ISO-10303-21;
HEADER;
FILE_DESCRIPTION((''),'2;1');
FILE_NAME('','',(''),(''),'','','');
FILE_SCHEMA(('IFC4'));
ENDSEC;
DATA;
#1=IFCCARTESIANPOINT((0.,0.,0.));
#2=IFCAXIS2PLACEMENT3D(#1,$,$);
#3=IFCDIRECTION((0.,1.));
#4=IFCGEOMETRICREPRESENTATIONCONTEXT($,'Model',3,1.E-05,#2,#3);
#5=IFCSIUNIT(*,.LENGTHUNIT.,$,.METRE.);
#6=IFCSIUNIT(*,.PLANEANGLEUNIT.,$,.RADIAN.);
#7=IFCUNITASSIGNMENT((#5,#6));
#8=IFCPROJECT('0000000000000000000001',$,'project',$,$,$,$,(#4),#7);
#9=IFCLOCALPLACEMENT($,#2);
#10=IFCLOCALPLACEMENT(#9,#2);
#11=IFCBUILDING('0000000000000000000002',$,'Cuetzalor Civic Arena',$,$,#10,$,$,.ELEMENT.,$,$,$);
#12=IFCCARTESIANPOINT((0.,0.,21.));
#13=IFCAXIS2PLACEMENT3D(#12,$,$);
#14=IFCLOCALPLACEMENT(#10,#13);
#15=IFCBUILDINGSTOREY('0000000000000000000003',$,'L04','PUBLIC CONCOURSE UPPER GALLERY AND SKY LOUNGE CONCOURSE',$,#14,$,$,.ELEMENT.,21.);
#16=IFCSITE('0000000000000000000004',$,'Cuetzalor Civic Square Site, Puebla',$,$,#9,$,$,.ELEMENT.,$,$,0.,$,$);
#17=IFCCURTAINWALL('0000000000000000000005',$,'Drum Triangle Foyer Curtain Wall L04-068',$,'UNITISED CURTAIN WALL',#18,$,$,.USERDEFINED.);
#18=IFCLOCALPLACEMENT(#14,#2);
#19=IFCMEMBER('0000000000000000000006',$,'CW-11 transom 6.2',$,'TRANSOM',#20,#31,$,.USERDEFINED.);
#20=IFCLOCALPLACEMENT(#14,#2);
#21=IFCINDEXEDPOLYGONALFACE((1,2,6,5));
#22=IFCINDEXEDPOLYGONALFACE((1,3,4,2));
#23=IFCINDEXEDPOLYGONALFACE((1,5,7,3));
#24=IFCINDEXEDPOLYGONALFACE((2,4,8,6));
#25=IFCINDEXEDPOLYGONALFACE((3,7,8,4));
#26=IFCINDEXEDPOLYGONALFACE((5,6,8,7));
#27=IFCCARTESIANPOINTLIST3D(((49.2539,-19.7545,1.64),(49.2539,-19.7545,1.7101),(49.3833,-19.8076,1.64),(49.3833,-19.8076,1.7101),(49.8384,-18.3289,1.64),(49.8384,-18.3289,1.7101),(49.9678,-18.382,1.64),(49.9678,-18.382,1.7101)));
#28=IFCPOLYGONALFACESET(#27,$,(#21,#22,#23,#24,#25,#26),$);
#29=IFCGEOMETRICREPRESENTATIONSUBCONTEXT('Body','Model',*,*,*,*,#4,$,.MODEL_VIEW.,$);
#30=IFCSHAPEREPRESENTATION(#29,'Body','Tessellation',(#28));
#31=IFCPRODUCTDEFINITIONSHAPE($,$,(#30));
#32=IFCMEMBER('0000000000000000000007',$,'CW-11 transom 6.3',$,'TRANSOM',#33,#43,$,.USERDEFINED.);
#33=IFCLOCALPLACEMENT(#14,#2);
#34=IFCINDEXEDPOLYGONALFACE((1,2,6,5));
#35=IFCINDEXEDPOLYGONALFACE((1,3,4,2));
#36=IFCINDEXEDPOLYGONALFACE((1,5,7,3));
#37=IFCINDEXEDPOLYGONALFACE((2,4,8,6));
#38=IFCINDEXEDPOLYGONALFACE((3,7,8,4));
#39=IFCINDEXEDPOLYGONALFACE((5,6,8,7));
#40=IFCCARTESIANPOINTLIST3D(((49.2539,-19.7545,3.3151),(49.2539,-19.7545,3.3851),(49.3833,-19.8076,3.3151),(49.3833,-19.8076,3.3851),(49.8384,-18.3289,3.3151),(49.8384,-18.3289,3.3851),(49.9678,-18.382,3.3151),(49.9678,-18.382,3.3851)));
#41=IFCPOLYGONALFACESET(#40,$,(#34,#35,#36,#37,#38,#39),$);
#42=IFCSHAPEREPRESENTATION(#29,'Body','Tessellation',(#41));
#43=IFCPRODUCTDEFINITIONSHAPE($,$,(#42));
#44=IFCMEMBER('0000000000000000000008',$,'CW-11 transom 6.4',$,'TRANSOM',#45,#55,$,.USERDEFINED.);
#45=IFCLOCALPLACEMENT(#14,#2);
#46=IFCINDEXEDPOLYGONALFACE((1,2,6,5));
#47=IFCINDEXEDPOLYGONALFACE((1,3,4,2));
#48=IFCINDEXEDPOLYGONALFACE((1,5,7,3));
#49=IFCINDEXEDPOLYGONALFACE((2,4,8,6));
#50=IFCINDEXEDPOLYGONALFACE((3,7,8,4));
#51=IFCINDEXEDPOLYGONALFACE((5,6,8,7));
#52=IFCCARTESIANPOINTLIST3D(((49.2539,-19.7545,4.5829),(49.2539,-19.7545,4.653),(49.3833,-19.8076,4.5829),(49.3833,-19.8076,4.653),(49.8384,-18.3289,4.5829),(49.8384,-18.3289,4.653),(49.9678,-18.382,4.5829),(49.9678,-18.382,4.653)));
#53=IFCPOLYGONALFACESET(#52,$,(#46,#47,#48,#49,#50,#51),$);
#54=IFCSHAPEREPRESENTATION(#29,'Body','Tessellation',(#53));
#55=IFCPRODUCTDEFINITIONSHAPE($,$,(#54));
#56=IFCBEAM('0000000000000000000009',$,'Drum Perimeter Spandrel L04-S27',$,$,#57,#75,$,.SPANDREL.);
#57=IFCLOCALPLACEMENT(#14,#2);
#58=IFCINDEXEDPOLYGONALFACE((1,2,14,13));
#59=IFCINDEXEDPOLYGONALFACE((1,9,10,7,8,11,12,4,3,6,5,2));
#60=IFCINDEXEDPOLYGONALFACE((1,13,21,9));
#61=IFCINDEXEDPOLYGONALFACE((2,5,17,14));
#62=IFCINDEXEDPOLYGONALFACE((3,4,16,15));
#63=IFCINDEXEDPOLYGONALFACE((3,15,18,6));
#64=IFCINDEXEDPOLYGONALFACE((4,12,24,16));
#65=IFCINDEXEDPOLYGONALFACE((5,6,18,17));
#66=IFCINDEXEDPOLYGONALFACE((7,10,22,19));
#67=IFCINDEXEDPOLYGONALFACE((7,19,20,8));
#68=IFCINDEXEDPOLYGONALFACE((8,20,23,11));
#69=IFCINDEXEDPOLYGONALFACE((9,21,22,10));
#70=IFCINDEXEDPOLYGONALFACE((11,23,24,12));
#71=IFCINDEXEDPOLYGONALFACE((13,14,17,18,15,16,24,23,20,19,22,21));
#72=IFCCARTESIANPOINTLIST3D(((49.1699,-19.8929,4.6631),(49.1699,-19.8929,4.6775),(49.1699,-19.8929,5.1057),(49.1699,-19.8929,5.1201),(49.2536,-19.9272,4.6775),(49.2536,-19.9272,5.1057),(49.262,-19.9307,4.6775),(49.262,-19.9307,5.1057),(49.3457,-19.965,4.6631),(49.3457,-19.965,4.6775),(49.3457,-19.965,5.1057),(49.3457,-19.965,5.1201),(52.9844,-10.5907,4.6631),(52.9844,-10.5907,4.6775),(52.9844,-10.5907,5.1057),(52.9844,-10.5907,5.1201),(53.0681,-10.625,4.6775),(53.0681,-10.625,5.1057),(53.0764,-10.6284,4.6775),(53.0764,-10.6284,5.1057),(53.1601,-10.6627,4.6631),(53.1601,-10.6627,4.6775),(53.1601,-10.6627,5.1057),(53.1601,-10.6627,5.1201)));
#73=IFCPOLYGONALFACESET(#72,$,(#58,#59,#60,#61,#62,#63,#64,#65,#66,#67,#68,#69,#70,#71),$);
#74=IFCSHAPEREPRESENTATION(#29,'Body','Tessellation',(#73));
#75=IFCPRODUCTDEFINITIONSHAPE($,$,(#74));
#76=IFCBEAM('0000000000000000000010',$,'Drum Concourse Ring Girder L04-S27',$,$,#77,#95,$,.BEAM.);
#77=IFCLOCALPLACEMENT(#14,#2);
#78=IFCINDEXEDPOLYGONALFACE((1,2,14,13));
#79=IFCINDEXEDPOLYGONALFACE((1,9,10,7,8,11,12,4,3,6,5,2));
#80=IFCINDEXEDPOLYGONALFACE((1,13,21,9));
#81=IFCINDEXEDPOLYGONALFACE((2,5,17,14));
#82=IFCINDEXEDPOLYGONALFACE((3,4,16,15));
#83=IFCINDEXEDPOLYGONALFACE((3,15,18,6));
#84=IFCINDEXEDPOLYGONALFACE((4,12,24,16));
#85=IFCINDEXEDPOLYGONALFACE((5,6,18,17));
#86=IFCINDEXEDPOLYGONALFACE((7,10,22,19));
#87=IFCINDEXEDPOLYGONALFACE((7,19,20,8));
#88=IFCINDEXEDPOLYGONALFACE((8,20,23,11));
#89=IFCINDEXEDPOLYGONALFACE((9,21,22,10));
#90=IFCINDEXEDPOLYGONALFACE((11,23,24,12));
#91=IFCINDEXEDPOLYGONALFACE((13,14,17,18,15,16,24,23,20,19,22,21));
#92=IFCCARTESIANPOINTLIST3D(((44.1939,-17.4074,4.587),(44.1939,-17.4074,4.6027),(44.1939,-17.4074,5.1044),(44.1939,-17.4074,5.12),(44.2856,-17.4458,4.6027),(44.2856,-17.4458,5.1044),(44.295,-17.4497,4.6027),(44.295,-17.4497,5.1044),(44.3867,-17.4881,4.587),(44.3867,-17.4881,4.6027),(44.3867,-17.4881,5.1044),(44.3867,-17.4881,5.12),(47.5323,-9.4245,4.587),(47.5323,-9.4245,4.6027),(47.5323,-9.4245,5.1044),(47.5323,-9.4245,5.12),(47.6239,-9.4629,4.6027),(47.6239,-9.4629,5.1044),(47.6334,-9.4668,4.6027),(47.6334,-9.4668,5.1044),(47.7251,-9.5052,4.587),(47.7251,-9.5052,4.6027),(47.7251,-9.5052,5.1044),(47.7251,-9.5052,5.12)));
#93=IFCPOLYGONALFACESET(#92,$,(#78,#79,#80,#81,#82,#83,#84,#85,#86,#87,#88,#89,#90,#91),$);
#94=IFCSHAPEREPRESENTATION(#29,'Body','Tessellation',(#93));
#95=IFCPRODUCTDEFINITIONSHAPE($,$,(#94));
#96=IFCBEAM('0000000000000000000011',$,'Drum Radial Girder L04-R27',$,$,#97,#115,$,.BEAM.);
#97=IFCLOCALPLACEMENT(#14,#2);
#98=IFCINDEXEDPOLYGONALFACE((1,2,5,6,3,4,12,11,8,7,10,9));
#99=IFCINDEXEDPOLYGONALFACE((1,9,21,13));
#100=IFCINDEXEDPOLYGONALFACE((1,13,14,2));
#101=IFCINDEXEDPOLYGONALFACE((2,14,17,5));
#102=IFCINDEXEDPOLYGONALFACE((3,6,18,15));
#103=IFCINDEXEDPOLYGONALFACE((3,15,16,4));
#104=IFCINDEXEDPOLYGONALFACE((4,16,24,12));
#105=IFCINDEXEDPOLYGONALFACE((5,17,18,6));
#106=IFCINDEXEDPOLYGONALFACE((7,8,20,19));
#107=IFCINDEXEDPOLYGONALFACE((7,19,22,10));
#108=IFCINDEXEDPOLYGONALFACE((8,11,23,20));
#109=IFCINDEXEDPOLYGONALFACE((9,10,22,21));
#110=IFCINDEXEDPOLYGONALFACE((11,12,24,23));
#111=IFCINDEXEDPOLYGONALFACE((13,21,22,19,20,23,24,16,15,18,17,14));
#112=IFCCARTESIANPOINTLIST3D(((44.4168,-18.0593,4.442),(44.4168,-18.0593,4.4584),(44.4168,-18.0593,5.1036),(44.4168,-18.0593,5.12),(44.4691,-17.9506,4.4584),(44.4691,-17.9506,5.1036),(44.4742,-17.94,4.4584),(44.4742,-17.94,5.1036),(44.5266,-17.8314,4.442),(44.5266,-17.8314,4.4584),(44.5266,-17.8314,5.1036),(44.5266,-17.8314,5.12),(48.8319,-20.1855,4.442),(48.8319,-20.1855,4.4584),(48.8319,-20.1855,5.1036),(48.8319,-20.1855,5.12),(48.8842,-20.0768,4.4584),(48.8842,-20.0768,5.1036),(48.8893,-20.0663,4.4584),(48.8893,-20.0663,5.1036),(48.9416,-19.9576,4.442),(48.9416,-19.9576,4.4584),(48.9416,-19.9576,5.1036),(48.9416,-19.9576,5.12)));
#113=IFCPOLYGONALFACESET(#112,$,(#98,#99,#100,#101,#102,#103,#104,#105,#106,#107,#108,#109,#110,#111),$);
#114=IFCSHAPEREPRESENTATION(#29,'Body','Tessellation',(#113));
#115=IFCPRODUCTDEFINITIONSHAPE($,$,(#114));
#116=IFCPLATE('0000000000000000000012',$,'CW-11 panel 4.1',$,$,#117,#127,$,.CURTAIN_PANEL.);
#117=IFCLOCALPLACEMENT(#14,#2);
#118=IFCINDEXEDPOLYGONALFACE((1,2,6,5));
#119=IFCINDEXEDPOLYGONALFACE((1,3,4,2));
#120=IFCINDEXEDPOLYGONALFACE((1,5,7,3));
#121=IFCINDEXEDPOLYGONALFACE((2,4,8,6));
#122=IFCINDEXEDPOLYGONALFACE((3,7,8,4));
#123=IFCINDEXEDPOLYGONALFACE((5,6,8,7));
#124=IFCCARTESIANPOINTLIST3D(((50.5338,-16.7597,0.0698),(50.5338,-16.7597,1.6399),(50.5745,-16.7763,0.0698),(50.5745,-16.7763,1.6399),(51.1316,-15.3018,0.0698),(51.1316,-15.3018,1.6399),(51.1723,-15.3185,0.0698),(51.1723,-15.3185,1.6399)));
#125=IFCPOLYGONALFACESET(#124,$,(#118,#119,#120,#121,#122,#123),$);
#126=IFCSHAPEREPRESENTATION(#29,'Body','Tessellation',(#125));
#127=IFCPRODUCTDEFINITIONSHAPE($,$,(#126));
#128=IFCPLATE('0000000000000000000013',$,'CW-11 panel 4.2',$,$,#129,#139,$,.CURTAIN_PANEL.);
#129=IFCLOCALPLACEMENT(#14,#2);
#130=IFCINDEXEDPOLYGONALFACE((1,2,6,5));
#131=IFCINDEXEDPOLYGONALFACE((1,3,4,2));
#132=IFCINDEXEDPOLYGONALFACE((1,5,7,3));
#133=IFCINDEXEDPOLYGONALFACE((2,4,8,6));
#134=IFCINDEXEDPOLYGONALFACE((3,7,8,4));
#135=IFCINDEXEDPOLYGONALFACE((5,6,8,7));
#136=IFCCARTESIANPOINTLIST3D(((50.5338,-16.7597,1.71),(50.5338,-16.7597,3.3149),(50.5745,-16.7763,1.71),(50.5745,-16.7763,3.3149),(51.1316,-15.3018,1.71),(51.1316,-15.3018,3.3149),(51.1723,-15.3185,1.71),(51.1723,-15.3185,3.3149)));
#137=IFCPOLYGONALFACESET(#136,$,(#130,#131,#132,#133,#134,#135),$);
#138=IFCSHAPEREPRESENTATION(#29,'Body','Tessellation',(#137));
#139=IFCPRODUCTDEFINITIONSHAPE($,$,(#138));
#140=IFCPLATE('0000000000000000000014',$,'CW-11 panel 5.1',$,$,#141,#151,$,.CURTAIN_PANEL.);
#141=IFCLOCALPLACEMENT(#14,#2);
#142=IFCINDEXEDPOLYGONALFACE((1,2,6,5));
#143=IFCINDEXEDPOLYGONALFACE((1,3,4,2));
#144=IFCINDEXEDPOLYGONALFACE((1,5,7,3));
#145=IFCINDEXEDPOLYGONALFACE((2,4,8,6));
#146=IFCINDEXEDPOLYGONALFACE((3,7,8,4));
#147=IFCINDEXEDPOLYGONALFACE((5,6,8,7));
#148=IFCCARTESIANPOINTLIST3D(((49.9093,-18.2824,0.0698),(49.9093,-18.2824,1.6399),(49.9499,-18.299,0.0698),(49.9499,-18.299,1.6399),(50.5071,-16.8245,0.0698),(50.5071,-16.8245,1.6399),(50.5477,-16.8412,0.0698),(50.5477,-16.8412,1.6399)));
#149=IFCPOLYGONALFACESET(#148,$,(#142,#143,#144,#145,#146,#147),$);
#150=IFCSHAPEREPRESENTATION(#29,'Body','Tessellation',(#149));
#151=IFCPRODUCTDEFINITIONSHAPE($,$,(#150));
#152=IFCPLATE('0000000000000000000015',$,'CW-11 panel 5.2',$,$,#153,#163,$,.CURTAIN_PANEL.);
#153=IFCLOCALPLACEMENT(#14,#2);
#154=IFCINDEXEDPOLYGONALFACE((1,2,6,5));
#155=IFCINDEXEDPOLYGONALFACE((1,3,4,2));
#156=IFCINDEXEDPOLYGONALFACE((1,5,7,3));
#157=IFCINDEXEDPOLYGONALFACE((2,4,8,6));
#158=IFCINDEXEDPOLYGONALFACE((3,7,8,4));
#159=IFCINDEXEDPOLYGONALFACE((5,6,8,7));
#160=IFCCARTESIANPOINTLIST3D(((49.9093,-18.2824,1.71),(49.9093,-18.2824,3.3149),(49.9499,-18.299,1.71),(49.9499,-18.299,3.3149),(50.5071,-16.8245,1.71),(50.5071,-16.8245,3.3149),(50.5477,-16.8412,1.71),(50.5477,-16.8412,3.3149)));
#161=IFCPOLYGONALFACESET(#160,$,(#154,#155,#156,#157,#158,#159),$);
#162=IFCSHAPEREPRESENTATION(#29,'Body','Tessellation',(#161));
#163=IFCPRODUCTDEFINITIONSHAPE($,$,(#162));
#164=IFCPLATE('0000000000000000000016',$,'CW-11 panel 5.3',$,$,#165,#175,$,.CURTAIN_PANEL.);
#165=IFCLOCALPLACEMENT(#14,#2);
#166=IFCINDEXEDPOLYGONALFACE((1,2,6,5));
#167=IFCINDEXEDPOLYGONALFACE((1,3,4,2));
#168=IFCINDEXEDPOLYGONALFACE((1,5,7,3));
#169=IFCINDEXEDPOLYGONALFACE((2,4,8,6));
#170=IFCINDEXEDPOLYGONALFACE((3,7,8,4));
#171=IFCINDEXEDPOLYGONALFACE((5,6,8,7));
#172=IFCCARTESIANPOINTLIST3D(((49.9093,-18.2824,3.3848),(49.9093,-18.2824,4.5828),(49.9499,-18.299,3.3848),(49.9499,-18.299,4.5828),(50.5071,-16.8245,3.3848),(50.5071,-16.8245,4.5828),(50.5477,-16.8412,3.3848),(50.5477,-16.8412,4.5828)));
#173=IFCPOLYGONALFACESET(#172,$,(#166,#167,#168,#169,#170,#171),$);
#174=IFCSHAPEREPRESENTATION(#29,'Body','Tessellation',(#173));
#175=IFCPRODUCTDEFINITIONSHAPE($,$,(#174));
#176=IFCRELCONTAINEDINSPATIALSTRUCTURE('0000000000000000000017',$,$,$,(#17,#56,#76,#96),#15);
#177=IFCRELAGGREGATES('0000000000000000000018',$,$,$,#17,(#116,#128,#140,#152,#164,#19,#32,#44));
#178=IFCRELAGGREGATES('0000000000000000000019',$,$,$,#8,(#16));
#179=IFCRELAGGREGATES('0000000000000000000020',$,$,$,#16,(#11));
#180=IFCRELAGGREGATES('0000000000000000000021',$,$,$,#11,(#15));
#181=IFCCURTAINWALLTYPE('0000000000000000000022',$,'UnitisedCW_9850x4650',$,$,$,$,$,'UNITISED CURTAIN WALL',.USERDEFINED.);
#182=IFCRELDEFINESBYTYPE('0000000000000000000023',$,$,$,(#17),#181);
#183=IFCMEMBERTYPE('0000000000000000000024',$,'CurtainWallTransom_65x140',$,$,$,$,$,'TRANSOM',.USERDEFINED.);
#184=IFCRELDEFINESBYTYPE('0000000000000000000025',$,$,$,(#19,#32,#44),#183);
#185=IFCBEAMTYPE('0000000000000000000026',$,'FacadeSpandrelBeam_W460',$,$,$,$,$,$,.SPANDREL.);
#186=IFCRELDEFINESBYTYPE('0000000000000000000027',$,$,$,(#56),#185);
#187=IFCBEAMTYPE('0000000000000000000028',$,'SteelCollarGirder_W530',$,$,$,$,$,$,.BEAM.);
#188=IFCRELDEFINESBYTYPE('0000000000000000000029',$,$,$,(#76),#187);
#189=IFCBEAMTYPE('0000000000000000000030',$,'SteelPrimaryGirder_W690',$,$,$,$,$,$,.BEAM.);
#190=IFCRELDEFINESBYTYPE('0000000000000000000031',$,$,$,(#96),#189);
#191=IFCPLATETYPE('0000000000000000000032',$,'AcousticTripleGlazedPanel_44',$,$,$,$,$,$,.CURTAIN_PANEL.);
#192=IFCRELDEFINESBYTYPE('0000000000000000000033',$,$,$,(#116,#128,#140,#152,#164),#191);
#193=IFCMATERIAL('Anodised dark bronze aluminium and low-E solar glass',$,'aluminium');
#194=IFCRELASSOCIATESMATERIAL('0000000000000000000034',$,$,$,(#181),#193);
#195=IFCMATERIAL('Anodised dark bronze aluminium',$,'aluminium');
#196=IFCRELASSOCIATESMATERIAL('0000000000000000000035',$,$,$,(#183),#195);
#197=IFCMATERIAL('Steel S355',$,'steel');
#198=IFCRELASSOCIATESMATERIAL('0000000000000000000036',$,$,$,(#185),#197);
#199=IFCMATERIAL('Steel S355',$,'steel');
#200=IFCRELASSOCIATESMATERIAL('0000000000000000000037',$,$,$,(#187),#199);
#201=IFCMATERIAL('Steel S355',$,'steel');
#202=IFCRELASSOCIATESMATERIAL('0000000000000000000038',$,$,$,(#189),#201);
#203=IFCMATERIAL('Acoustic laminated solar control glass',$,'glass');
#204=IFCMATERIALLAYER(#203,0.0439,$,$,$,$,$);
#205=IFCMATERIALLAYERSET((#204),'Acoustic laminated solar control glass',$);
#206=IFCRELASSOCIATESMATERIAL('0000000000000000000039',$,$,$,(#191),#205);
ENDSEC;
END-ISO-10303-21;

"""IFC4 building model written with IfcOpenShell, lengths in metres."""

from ifc_helpers import new_model, si_unit, direction, frame, origin, origin_2d, place, context, subcontext, project, spatial, rectangle, i_section, extrude, material, layer, layer_set, material_profile, profile_set, type_object, element, aggregate, save


model = new_model("IFC4")

# Units and contexts
model_context = context("Model", 3, precision=1e-05, world=origin(), true_north=direction((0.0, 1.0)))
body_context = subcontext(model_context, "Body", "Model", "MODEL_VIEW")
ifc_project = project(units=[si_unit("LENGTHUNIT", "METRE"), si_unit("PLANEANGLEUNIT", "RADIAN")], contexts=[model_context])

# Site, building, storey
site_placement = place(None, origin())
site = spatial("IfcSite", under=ifc_project, at=site_placement, Name="Cuetzalor Civic Square Site, Puebla", CompositionType="ELEMENT", RefElevation=0.0)
building_placement = place(site_placement, origin())
building = spatial("IfcBuilding", under=site, at=building_placement, Name="Cuetzalor Civic Arena", CompositionType="ELEMENT")
storey_placement = place(building_placement, frame((0.0, 0.0, 21.0)))
storey = spatial("IfcBuildingStorey", under=building, at=storey_placement, Name="L04", Description="PUBLIC CONCOURSE UPPER GALLERY AND SKY LOUNGE CONCOURSE", CompositionType="ELEMENT", Elevation=21.0)

# Curtain wall, members
ifc_material_1 = material(Name="Anodised dark bronze aluminium and low-E solar glass", Category="aluminium")
curtain_wall_type = type_object("IfcCurtainWallType", Name="UnitisedCW_9850x4650", ElementType="UNITISED CURTAIN WALL", PredefinedType="USERDEFINED", material=ifc_material_1)
curtain_wall_placement = place(storey_placement, origin())
curtain_wall = element("IfcCurtainWall", 1, at=curtain_wall_placement, inside=storey, type_object=curtain_wall_type, Name="Drum Triangle Foyer Curtain Wall L04-068", ObjectType="UNITISED CURTAIN WALL", PredefinedType="USERDEFINED")
ifc_material_2 = material(Name="Anodised dark bronze aluminium", Category="aluminium")
ifc_material_profile_1 = material_profile(ifc_material_2, rectangle(XDim=0.1399, YDim=0.0701, at=origin_2d()), Name="ALU TRANSOM 70x140")
ifc_profile_set_1 = profile_set([ifc_material_profile_1], Name="Anodised dark bronze aluminium")
member_type_1 = type_object("IfcMemberType", Name="CurtainWallTransom_65x140", ElementType="TRANSOM", PredefinedType="USERDEFINED", material=ifc_profile_set_1)
member_1_placement = place(storey_placement, frame((49.9031, -18.3555, 1.675), z_axis=(-0.379355, -0.925251, 0.0), x_axis=(0.925251, -0.379355, 0.0)))
member_1 = element("IfcMember", 2, at=member_1_placement, type_object=member_type_1, Name="CW-11 transom 6.2", ObjectType="TRANSOM", PredefinedType="USERDEFINED", context=body_context, shape_type="SweptSolid", body=[
    extrude(rectangle(XDim=0.1399, YDim=0.0701, at=origin_2d()), origin(), (0.0, 0.0, 1.0), 1.5408),
])
member_2_placement = place(storey_placement, frame((49.9031, -18.3555, 3.3501), z_axis=(-0.379355, -0.925251, 0.0), x_axis=(0.925251, -0.379355, 0.0)))
member_2 = element("IfcMember", 3, at=member_2_placement, type_object=member_type_1, Name="CW-11 transom 6.3", ObjectType="TRANSOM", PredefinedType="USERDEFINED", context=body_context, shape_type="SweptSolid", body=[
    extrude(rectangle(XDim=0.1399, YDim=0.0701, at=origin_2d()), origin(), (0.0, 0.0, 1.0), 1.5408),
])
member_3_placement = place(storey_placement, frame((49.9031, -18.3555, 4.6179), z_axis=(-0.379355, -0.925251, 0.0), x_axis=(0.925251, -0.379355, 0.0)))
member_3 = element("IfcMember", 4, at=member_3_placement, type_object=member_type_1, Name="CW-11 transom 6.4", ObjectType="TRANSOM", PredefinedType="USERDEFINED", context=body_context, shape_type="SweptSolid", body=[
    extrude(rectangle(XDim=0.1399, YDim=0.0701, at=origin_2d()), origin(), (0.0, 0.0, 1.0), 1.5408),
])

# Beams
ifc_material_3 = material(Name="Steel S355", Category="steel")
ifc_material_profile_2 = material_profile(ifc_material_3, i_section(OverallWidth=0.1899, OverallDepth=0.457, WebThickness=0.009, FlangeThickness=0.0144, at=origin_2d()), Name="W460x74")
ifc_profile_set_2 = profile_set([ifc_material_profile_2], Name="Steel S355")
beam_type_1 = type_object("IfcBeamType", Name="FacadeSpandrelBeam_W460", PredefinedType="SPANDREL", material=ifc_profile_set_2)
beam_1_placement = place(storey_placement, frame((49.2578, -19.929, 4.8916), z_axis=(0.379399, 0.925233, 0.0), x_axis=(-0.925233, 0.379399, 0.0)))
element("IfcBeam", 5, at=beam_1_placement, inside=storey, type_object=beam_type_1, Name="Drum Perimeter Spandrel L04-S27", PredefinedType="SPANDREL", context=body_context, shape_type="SweptSolid", body=[
    extrude(i_section(OverallWidth=0.1899, OverallDepth=0.457, WebThickness=0.009, FlangeThickness=0.0144, at=origin_2d()), origin(), (0.0, 0.0, 1.0), 10.054),
])
ifc_material_4 = material(Name="Steel S355", Category="steel")
ifc_material_profile_3 = material_profile(ifc_material_4, i_section(OverallWidth=0.209, OverallDepth=0.533, WebThickness=0.0103, FlangeThickness=0.0156, at=origin_2d()), Name="W530x92")
ifc_profile_set_3 = profile_set([ifc_material_profile_3], Name="Steel S355")
beam_type_2 = type_object("IfcBeamType", Name="SteelCollarGirder_W530", PredefinedType="BEAM", material=ifc_profile_set_3)
beam_2_placement = place(storey_placement, frame((44.2903, -17.4478, 4.8535), z_axis=(0.385813, 0.922577, 0.0), x_axis=(-0.922577, 0.385813, 0.0)))
element("IfcBeam", 6, at=beam_2_placement, inside=storey, type_object=beam_type_2, Name="Drum Concourse Ring Girder L04-S27", PredefinedType="BEAM", context=body_context, shape_type="SweptSolid", body=[
    extrude(i_section(OverallWidth=0.209, OverallDepth=0.533, WebThickness=0.0103, FlangeThickness=0.0156, at=origin_2d()), origin(), (0.0, 0.0, 1.0), 8.6528),
])
ifc_material_5 = material(Name="Steel S355", Category="steel")
ifc_material_profile_4 = material_profile(ifc_material_5, i_section(OverallWidth=0.2529, OverallDepth=0.678, WebThickness=0.0117, FlangeThickness=0.0164, at=origin_2d()), Name="W690x125")
ifc_profile_set_4 = profile_set([ifc_material_profile_4], Name="Steel S355")
beam_type_3 = type_object("IfcBeamType", Name="SteelPrimaryGirder_W690", PredefinedType="BEAM", material=ifc_profile_set_4)
beam_3_placement = place(storey_placement, frame((44.4717, -17.9453, 4.781), z_axis=(0.900965, -0.433892, 0.0), x_axis=(0.433892, 0.900965, 0.0)))
element("IfcBeam", 7, at=beam_3_placement, inside=storey, type_object=beam_type_3, Name="Drum Radial Girder L04-R27", PredefinedType="BEAM", context=body_context, shape_type="SweptSolid", body=[
    extrude(i_section(OverallWidth=0.2529, OverallDepth=0.678, WebThickness=0.0117, FlangeThickness=0.0164, at=origin_2d()), origin(), (0.0, 0.0, 1.0), 4.9004),
])

# Plates
ifc_material_6 = material(Name="Acoustic laminated solar control glass", Category="glass")
ifc_layer_1 = layer(ifc_material_6, 0.0439)
ifc_layer_set_1 = layer_set([ifc_layer_1], Name="Acoustic laminated solar control glass")
plate_type = type_object("IfcPlateType", Name="AcousticTripleGlazedPanel_44", PredefinedType="CURTAIN_PANEL", material=ifc_layer_set_1)
plate_1_placement = place(storey_placement, frame((50.853, -16.0391, 0.0698), z_axis=(0.0, 0.0, 1.0), x_axis=(-0.379391, -0.925236, 0.0)))
plate_1 = element("IfcPlate", 8, at=plate_1_placement, type_object=plate_type, Name="CW-11 panel 4.1", PredefinedType="CURTAIN_PANEL", context=body_context, shape_type="SweptSolid", body=[
    extrude(rectangle(XDim=1.5757, YDim=0.0439, at=origin_2d()), origin(), (0.0, 0.0, 1.0), 1.5701),
])
plate_2_placement = place(storey_placement, frame((50.853, -16.0391, 1.71), z_axis=(0.0, 0.0, 1.0), x_axis=(-0.379391, -0.925236, 0.0)))
plate_2 = element("IfcPlate", 9, at=plate_2_placement, type_object=plate_type, Name="CW-11 panel 4.2", PredefinedType="CURTAIN_PANEL", context=body_context, shape_type="SweptSolid", body=[
    extrude(rectangle(XDim=1.5757, YDim=0.0439, at=origin_2d()), origin(), (0.0, 0.0, 1.0), 1.605),
])
plate_3_placement = place(storey_placement, frame((50.2285, -17.5618, 0.0698), z_axis=(0.0, 0.0, 1.0), x_axis=(-0.379391, -0.925236, 0.0)))
plate_3 = element("IfcPlate", 10, at=plate_3_placement, type_object=plate_type, Name="CW-11 panel 5.1", PredefinedType="CURTAIN_PANEL", context=body_context, shape_type="SweptSolid", body=[
    extrude(rectangle(XDim=1.5757, YDim=0.0439, at=origin_2d()), origin(), (0.0, 0.0, 1.0), 1.5701),
])
plate_4_placement = place(storey_placement, frame((50.2285, -17.5618, 1.71), z_axis=(0.0, 0.0, 1.0), x_axis=(-0.379391, -0.925236, 0.0)))
plate_4 = element("IfcPlate", 11, at=plate_4_placement, type_object=plate_type, Name="CW-11 panel 5.2", PredefinedType="CURTAIN_PANEL", context=body_context, shape_type="SweptSolid", body=[
    extrude(rectangle(XDim=1.5757, YDim=0.0439, at=origin_2d()), origin(), (0.0, 0.0, 1.0), 1.605),
])
plate_5_placement = place(storey_placement, frame((50.2285, -17.5618, 3.3848), z_axis=(0.0, 0.0, 1.0), x_axis=(-0.379391, -0.925236, 0.0)))
plate_5 = element("IfcPlate", 12, at=plate_5_placement, type_object=plate_type, Name="CW-11 panel 5.3", PredefinedType="CURTAIN_PANEL", context=body_context, shape_type="SweptSolid", body=[
    extrude(rectangle(XDim=1.5757, YDim=0.0439, at=origin_2d()), origin(), (0.0, 0.0, 1.0), 1.198),
])
aggregate(curtain_wall, [plate_1, plate_2, plate_3, plate_4, plate_5, member_1, member_2, member_3])

save(model, "model.ifc")
